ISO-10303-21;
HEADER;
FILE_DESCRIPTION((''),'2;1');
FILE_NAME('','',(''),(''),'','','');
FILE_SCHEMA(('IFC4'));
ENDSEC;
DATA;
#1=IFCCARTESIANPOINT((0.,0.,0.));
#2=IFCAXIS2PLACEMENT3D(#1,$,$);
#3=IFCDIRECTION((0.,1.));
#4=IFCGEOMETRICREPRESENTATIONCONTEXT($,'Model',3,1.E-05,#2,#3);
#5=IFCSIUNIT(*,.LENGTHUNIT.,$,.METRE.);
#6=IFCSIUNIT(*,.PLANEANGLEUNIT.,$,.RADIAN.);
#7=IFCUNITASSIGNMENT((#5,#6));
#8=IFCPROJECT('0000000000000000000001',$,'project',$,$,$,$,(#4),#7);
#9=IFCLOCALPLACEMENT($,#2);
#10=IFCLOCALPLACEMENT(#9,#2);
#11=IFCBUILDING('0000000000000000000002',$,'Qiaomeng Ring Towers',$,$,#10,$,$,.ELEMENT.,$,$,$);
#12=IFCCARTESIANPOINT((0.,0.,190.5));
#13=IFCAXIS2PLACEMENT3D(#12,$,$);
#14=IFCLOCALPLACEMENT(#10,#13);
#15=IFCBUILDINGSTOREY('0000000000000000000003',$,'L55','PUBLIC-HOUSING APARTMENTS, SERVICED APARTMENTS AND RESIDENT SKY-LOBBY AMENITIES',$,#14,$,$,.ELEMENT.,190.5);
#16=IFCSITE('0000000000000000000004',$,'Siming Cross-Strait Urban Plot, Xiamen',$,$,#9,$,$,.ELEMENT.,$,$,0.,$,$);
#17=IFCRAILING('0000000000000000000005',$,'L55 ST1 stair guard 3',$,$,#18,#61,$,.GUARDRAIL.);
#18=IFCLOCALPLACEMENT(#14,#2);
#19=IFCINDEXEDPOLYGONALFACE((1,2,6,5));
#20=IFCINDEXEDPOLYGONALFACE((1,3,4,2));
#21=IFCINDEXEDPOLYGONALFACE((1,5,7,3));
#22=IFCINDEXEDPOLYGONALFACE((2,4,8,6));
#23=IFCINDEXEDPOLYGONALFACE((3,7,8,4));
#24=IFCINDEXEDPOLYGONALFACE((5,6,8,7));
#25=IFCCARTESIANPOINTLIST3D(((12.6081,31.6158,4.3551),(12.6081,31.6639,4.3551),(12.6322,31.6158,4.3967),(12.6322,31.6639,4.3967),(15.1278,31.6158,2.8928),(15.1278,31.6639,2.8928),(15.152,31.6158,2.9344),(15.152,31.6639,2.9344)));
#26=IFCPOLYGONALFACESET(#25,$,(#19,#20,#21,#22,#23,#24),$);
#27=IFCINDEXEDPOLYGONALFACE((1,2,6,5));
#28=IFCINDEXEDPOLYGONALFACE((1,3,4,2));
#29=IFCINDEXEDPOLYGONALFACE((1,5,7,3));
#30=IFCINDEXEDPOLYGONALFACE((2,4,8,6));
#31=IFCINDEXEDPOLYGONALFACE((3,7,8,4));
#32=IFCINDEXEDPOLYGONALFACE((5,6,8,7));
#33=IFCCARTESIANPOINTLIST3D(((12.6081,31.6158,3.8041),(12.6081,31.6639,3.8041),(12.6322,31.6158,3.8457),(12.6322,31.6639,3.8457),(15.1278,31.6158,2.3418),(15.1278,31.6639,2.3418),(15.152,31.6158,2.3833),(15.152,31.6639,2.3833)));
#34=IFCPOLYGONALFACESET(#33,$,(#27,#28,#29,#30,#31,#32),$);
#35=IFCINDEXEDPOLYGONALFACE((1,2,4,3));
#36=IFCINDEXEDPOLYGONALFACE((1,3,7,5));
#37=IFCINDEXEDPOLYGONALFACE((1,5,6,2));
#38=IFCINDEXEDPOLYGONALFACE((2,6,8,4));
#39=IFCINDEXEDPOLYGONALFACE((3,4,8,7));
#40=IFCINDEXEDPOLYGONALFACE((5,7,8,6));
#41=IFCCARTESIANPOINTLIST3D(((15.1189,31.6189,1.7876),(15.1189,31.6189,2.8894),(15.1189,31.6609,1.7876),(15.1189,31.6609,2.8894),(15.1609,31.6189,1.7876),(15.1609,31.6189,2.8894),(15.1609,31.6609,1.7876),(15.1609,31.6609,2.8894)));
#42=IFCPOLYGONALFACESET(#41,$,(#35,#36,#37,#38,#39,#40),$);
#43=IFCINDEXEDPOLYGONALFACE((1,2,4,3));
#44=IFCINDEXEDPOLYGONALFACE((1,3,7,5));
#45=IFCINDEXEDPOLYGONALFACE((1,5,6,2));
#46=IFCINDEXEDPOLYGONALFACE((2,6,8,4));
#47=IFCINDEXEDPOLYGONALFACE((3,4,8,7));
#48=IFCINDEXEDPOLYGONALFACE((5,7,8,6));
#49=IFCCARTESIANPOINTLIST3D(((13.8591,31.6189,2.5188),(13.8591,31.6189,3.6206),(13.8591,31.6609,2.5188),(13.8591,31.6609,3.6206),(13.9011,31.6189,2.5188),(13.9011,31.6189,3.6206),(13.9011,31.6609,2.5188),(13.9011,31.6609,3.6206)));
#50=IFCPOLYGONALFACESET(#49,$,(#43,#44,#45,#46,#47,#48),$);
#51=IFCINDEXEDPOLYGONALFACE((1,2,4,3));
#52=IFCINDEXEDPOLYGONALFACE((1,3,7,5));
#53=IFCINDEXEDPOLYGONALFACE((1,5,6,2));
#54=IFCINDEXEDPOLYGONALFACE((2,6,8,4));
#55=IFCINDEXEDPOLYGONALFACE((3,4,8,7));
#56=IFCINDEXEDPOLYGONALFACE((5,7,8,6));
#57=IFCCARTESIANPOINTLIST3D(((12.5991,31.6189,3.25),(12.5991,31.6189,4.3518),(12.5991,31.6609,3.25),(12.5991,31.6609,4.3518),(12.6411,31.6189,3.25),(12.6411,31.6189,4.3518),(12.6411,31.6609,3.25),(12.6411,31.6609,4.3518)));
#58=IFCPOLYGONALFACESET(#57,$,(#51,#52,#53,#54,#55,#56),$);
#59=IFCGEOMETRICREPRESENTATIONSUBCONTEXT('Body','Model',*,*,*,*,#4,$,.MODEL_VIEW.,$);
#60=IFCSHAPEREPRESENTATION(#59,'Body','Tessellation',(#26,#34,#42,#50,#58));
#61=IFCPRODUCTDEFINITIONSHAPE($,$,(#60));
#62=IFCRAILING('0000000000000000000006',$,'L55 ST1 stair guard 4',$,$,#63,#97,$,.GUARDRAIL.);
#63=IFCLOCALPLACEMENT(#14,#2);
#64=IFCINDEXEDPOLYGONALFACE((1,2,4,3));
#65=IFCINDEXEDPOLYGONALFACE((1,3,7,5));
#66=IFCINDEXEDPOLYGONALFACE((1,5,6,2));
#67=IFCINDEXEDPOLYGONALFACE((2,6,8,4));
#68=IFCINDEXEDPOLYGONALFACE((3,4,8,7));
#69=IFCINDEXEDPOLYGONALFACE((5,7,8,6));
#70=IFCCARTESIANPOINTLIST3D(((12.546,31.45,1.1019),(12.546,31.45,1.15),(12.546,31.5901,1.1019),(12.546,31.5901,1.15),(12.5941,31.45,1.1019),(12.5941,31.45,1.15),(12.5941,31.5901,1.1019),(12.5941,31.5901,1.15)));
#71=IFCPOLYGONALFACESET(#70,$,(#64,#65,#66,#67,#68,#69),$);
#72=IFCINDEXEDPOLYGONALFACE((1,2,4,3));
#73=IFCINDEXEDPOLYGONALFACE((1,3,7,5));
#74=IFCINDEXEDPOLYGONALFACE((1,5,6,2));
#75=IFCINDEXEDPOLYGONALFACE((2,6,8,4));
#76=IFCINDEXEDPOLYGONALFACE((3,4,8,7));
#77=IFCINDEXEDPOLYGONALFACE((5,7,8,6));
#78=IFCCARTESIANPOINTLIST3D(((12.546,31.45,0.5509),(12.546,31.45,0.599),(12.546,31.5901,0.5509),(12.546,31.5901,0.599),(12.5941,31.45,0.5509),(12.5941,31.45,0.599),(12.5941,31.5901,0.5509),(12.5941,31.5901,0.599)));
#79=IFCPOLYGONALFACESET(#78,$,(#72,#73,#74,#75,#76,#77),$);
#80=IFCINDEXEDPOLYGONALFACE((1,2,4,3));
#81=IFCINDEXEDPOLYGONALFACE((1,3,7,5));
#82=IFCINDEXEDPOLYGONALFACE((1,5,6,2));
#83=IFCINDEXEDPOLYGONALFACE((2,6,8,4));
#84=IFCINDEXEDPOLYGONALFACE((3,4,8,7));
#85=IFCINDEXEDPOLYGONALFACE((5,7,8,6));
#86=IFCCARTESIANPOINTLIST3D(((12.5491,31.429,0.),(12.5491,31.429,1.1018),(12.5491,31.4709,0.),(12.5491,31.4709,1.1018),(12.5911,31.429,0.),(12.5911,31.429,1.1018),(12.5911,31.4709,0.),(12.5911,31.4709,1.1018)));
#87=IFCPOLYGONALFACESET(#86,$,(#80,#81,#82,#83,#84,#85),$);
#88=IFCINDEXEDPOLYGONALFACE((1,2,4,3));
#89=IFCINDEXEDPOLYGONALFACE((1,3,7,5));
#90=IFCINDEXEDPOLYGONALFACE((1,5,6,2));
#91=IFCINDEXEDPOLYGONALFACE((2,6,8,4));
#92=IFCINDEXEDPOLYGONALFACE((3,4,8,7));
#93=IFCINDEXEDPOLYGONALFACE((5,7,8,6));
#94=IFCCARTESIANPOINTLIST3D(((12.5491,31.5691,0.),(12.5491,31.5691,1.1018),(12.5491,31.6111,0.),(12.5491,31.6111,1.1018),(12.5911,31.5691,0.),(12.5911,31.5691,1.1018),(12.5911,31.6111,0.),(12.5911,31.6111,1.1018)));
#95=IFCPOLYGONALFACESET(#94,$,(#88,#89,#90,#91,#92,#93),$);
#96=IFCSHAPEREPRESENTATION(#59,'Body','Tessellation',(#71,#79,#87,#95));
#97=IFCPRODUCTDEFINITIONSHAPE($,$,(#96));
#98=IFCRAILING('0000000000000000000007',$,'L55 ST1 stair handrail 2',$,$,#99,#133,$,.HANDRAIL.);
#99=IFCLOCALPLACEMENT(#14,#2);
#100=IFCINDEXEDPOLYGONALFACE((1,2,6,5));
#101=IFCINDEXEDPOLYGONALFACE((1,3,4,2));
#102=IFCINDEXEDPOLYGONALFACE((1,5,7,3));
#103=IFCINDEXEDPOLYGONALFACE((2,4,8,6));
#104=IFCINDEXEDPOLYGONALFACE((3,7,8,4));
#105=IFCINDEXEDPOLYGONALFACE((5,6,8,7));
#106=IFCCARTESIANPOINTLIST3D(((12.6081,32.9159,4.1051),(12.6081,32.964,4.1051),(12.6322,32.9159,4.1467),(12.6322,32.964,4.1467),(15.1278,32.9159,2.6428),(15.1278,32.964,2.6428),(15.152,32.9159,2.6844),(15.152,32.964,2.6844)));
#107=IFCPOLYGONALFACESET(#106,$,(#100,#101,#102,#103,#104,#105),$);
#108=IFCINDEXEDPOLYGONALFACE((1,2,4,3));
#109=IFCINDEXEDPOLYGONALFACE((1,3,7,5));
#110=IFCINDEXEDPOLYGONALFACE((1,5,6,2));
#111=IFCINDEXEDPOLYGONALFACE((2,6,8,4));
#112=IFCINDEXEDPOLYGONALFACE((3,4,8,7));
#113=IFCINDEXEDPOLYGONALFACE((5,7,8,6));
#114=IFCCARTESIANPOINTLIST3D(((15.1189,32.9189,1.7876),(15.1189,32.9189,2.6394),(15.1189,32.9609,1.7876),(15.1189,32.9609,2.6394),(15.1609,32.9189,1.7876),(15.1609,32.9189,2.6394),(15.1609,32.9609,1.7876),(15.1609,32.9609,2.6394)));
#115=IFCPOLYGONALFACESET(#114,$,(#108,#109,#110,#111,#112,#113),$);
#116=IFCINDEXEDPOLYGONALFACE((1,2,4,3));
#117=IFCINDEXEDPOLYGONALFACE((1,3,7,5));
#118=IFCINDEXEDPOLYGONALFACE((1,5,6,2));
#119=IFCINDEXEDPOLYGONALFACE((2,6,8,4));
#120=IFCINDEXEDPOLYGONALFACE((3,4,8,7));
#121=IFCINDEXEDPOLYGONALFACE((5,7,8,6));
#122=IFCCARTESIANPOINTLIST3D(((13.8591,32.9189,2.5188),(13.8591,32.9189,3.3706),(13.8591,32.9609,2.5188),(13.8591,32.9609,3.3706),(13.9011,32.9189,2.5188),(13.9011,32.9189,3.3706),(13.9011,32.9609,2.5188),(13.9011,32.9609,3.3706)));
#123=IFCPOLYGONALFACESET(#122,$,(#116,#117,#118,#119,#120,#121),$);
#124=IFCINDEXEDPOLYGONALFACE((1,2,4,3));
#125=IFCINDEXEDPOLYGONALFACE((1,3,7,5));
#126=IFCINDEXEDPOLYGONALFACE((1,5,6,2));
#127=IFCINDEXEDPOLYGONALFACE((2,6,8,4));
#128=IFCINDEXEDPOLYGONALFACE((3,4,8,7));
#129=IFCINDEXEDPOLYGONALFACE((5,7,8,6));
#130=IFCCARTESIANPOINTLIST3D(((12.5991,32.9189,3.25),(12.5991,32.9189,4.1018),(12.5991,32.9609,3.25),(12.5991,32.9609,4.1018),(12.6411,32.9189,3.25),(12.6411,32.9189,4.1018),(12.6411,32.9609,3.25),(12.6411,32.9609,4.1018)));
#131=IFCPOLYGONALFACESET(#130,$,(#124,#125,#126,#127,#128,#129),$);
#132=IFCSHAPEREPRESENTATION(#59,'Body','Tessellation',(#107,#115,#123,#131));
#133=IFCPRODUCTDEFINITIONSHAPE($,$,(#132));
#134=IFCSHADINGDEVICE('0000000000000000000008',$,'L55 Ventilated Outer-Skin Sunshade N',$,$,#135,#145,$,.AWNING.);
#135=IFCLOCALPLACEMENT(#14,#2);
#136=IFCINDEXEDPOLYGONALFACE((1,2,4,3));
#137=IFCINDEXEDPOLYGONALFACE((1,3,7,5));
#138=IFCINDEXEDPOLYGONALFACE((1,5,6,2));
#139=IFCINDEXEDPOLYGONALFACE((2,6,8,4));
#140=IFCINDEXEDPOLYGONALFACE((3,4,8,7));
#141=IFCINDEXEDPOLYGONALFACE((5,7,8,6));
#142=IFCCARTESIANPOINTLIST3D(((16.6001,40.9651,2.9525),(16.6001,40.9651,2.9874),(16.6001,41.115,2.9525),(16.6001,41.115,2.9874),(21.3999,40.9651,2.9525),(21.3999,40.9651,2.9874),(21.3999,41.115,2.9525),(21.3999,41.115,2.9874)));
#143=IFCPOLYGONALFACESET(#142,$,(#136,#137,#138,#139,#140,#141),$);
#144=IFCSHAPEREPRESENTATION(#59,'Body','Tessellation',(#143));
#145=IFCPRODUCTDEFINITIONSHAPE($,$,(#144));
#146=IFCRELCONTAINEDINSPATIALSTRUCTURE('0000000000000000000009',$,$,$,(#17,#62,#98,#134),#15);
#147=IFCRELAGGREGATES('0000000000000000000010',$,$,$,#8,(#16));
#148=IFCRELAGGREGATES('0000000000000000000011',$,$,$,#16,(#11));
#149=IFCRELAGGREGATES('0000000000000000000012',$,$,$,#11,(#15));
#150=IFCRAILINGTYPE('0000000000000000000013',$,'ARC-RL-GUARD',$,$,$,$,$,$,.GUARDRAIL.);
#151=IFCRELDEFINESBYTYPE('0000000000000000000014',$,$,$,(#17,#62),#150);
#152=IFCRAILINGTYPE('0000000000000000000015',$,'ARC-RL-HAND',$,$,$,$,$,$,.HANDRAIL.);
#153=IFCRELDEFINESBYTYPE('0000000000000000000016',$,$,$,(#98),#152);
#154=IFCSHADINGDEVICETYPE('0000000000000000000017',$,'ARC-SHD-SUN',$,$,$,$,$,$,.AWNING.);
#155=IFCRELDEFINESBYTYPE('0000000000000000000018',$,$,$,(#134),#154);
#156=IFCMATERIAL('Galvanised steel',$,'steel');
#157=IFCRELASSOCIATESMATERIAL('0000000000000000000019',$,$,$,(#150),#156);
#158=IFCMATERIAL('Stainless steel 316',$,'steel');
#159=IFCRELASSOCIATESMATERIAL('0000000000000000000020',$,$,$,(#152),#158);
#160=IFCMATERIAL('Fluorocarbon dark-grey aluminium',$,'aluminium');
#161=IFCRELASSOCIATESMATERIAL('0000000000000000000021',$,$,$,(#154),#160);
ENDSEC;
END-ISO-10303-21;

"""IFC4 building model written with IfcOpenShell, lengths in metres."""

from ifc_helpers import new_model, si_unit, direction, frame, origin, origin_2d, place, context, subcontext, project, spatial, rectangle, extrude, source, transform, mapped, material, material_profile, profile_set, type_object, element, save


model = new_model("IFC4")

# Units and contexts
model_context = context("Model", 3, precision=1e-05, world=origin(), true_north=direction((0.0, 1.0)))
body_context = subcontext(model_context, "Body", "Model", "MODEL_VIEW")
ifc_project = project(units=[si_unit("LENGTHUNIT", "METRE"), si_unit("PLANEANGLEUNIT", "RADIAN")], contexts=[model_context])

# Site, building, storey
site_placement = place(None, origin())
site = spatial("IfcSite", under=ifc_project, at=site_placement, Name="Siming Cross-Strait Urban Plot, Xiamen", CompositionType="ELEMENT", RefElevation=0.0)
building_placement = place(site_placement, origin())
building = spatial("IfcBuilding", under=site, at=building_placement, Name="Qiaomeng Ring Towers", CompositionType="ELEMENT")
storey_placement = place(building_placement, frame((0.0, 0.0, 190.5)))
storey = spatial("IfcBuildingStorey", under=building, at=storey_placement, Name="L55", Description="PUBLIC-HOUSING APARTMENTS, SERVICED APARTMENTS AND RESIDENT SKY-LOBBY AMENITIES", CompositionType="ELEMENT", Elevation=190.5)

# Shared definitions
ifc_material_1 = material(Name="Galvanised steel", Category="steel")

# Railings
railing_type_1 = type_object("IfcRailingType", Name="ARC-RL-GUARD", PredefinedType="GUARDRAIL", material=ifc_material_1)
railing_1_placement = place(storey_placement, frame((15.1399, 31.6399, 1.7876)))
element("IfcRailing", 1, at=railing_1_placement, inside=storey, type_object=railing_type_1, Name="L55 ST1 stair guard 3", PredefinedType="GUARDRAIL", context=body_context, shape_type="SweptSolid", body=[
    extrude(rectangle(XDim=0.0481, YDim=0.0481, at=origin_2d()), frame((0.0, 0.0, 1.126), z_axis=(-0.864892, 0.0, 0.501958), x_axis=(0.0, -1.0, 0.0)), (0.0, 0.0, 1.0), 2.9133),
    extrude(rectangle(XDim=0.0481, YDim=0.0481, at=origin_2d()), frame((0.0, 0.0, 0.575), z_axis=(-0.864892, 0.0, 0.501958), x_axis=(0.0, -1.0, 0.0)), (0.0, 0.0, 1.0), 2.9133),
    extrude(rectangle(XDim=0.042, YDim=0.042, at=origin_2d()), origin(), (0.0, 0.0, 1.0), 1.1018),
    extrude(rectangle(XDim=0.042, YDim=0.042, at=origin_2d()), frame((-1.2598, 0.0, 0.7312)), (0.0, 0.0, 1.0), 1.1018),
    extrude(rectangle(XDim=0.042, YDim=0.042, at=origin_2d()), frame((-2.5198, 0.0, 1.4624)), (0.0, 0.0, 1.0), 1.1018),
])
railing_2_placement = place(storey_placement, frame((12.5701, 31.45, 0.0)))
element("IfcRailing", 2, at=railing_2_placement, inside=storey, type_object=railing_type_1, Name="L55 ST1 stair guard 4", PredefinedType="GUARDRAIL", context=body_context, shape_type="SweptSolid", body=[
    extrude(rectangle(XDim=0.0481, YDim=0.0481, at=origin_2d()), frame((0.0, 0.0, 1.126), z_axis=(0.0, 1.0, 0.0), x_axis=(-1.0, 0.0, 0.0)), (0.0, 0.0, 1.0), 0.1401),
    extrude(rectangle(XDim=0.0481, YDim=0.0481, at=origin_2d()), frame((0.0, 0.0, 0.575), z_axis=(0.0, 1.0, 0.0), x_axis=(-1.0, 0.0, 0.0)), (0.0, 0.0, 1.0), 0.1401),
    extrude(rectangle(XDim=0.042, YDim=0.042, at=origin_2d()), origin(), (0.0, 0.0, 1.0), 1.1018),
    extrude(rectangle(XDim=0.042, YDim=0.042, at=origin_2d()), frame((0.0, 0.1401, 0.0)), (0.0, 0.0, 1.0), 1.1018),
])
ifc_material_2 = material(Name="Stainless steel 316", Category="steel")
railing_type_2 = type_object("IfcRailingType", Name="ARC-RL-HAND", PredefinedType="HANDRAIL", material=ifc_material_2)
railing_3_placement = place(storey_placement, frame((15.1399, 32.9399, 1.7876)))
element("IfcRailing", 3, at=railing_3_placement, inside=storey, type_object=railing_type_2, Name="L55 ST1 stair handrail 2", PredefinedType="HANDRAIL", context=body_context, shape_type="SweptSolid", body=[
    extrude(rectangle(XDim=0.0481, YDim=0.0481, at=origin_2d()), frame((0.0, 0.0, 0.876), z_axis=(-0.864892, 0.0, 0.501958), x_axis=(0.0, -1.0, 0.0)), (0.0, 0.0, 1.0), 2.9133),
    extrude(rectangle(XDim=0.042, YDim=0.042, at=origin_2d()), origin(), (0.0, 0.0, 1.0), 0.8518),
    extrude(rectangle(XDim=0.042, YDim=0.042, at=origin_2d()), frame((-1.2598, 0.0, 0.7312)), (0.0, 0.0, 1.0), 0.8518),
    extrude(rectangle(XDim=0.042, YDim=0.042, at=origin_2d()), frame((-2.5198, 0.0, 1.4624)), (0.0, 0.0, 1.0), 0.8518),
])

# Shading device
ifc_material_3 = material(Name="Fluorocarbon dark-grey aluminium", Category="aluminium")
ifc_material_profile_1 = material_profile(ifc_material_3, rectangle(XDim=0.1499, YDim=0.0349, at=origin_2d()), Name="LV BLADE 150x35")
ifc_profile_set_1 = profile_set([ifc_material_profile_1], Name="Fluorocarbon dark-grey aluminium")
shading_device_type = type_object("IfcShadingDeviceType", Name="ARC-SHD-SUN", PredefinedType="AWNING", material=ifc_profile_set_1)
shared_shape_1 = source(origin(), body_context, "Body", "SweptSolid", [
    extrude(rectangle(XDim=0.1499, YDim=0.0349, at=origin_2d()), origin(), (0.0, 0.0, 1.0), 4.7998),
])
shading_device_placement = place(storey_placement, frame((16.6001, 41.04, 2.97), z_axis=(1.0, 0.0, 0.0), x_axis=(0.0, 1.0, 0.0)))
element("IfcShadingDevice", 4, at=shading_device_placement, inside=storey, type_object=shading_device_type, Name="L55 Ventilated Outer-Skin Sunshade N", PredefinedType="AWNING", context=body_context, shape_type="MappedRepresentation", body=[
    mapped(shared_shape_1, transform((0.0, 0.0, 0.0), x_axis=(1.0, 0.0, 0.0), y_axis=(0.0, 1.0, 0.0), z_axis=(0.0, 0.0, 1.0), scale=1.0)),
])

save(model, "model.ifc")
